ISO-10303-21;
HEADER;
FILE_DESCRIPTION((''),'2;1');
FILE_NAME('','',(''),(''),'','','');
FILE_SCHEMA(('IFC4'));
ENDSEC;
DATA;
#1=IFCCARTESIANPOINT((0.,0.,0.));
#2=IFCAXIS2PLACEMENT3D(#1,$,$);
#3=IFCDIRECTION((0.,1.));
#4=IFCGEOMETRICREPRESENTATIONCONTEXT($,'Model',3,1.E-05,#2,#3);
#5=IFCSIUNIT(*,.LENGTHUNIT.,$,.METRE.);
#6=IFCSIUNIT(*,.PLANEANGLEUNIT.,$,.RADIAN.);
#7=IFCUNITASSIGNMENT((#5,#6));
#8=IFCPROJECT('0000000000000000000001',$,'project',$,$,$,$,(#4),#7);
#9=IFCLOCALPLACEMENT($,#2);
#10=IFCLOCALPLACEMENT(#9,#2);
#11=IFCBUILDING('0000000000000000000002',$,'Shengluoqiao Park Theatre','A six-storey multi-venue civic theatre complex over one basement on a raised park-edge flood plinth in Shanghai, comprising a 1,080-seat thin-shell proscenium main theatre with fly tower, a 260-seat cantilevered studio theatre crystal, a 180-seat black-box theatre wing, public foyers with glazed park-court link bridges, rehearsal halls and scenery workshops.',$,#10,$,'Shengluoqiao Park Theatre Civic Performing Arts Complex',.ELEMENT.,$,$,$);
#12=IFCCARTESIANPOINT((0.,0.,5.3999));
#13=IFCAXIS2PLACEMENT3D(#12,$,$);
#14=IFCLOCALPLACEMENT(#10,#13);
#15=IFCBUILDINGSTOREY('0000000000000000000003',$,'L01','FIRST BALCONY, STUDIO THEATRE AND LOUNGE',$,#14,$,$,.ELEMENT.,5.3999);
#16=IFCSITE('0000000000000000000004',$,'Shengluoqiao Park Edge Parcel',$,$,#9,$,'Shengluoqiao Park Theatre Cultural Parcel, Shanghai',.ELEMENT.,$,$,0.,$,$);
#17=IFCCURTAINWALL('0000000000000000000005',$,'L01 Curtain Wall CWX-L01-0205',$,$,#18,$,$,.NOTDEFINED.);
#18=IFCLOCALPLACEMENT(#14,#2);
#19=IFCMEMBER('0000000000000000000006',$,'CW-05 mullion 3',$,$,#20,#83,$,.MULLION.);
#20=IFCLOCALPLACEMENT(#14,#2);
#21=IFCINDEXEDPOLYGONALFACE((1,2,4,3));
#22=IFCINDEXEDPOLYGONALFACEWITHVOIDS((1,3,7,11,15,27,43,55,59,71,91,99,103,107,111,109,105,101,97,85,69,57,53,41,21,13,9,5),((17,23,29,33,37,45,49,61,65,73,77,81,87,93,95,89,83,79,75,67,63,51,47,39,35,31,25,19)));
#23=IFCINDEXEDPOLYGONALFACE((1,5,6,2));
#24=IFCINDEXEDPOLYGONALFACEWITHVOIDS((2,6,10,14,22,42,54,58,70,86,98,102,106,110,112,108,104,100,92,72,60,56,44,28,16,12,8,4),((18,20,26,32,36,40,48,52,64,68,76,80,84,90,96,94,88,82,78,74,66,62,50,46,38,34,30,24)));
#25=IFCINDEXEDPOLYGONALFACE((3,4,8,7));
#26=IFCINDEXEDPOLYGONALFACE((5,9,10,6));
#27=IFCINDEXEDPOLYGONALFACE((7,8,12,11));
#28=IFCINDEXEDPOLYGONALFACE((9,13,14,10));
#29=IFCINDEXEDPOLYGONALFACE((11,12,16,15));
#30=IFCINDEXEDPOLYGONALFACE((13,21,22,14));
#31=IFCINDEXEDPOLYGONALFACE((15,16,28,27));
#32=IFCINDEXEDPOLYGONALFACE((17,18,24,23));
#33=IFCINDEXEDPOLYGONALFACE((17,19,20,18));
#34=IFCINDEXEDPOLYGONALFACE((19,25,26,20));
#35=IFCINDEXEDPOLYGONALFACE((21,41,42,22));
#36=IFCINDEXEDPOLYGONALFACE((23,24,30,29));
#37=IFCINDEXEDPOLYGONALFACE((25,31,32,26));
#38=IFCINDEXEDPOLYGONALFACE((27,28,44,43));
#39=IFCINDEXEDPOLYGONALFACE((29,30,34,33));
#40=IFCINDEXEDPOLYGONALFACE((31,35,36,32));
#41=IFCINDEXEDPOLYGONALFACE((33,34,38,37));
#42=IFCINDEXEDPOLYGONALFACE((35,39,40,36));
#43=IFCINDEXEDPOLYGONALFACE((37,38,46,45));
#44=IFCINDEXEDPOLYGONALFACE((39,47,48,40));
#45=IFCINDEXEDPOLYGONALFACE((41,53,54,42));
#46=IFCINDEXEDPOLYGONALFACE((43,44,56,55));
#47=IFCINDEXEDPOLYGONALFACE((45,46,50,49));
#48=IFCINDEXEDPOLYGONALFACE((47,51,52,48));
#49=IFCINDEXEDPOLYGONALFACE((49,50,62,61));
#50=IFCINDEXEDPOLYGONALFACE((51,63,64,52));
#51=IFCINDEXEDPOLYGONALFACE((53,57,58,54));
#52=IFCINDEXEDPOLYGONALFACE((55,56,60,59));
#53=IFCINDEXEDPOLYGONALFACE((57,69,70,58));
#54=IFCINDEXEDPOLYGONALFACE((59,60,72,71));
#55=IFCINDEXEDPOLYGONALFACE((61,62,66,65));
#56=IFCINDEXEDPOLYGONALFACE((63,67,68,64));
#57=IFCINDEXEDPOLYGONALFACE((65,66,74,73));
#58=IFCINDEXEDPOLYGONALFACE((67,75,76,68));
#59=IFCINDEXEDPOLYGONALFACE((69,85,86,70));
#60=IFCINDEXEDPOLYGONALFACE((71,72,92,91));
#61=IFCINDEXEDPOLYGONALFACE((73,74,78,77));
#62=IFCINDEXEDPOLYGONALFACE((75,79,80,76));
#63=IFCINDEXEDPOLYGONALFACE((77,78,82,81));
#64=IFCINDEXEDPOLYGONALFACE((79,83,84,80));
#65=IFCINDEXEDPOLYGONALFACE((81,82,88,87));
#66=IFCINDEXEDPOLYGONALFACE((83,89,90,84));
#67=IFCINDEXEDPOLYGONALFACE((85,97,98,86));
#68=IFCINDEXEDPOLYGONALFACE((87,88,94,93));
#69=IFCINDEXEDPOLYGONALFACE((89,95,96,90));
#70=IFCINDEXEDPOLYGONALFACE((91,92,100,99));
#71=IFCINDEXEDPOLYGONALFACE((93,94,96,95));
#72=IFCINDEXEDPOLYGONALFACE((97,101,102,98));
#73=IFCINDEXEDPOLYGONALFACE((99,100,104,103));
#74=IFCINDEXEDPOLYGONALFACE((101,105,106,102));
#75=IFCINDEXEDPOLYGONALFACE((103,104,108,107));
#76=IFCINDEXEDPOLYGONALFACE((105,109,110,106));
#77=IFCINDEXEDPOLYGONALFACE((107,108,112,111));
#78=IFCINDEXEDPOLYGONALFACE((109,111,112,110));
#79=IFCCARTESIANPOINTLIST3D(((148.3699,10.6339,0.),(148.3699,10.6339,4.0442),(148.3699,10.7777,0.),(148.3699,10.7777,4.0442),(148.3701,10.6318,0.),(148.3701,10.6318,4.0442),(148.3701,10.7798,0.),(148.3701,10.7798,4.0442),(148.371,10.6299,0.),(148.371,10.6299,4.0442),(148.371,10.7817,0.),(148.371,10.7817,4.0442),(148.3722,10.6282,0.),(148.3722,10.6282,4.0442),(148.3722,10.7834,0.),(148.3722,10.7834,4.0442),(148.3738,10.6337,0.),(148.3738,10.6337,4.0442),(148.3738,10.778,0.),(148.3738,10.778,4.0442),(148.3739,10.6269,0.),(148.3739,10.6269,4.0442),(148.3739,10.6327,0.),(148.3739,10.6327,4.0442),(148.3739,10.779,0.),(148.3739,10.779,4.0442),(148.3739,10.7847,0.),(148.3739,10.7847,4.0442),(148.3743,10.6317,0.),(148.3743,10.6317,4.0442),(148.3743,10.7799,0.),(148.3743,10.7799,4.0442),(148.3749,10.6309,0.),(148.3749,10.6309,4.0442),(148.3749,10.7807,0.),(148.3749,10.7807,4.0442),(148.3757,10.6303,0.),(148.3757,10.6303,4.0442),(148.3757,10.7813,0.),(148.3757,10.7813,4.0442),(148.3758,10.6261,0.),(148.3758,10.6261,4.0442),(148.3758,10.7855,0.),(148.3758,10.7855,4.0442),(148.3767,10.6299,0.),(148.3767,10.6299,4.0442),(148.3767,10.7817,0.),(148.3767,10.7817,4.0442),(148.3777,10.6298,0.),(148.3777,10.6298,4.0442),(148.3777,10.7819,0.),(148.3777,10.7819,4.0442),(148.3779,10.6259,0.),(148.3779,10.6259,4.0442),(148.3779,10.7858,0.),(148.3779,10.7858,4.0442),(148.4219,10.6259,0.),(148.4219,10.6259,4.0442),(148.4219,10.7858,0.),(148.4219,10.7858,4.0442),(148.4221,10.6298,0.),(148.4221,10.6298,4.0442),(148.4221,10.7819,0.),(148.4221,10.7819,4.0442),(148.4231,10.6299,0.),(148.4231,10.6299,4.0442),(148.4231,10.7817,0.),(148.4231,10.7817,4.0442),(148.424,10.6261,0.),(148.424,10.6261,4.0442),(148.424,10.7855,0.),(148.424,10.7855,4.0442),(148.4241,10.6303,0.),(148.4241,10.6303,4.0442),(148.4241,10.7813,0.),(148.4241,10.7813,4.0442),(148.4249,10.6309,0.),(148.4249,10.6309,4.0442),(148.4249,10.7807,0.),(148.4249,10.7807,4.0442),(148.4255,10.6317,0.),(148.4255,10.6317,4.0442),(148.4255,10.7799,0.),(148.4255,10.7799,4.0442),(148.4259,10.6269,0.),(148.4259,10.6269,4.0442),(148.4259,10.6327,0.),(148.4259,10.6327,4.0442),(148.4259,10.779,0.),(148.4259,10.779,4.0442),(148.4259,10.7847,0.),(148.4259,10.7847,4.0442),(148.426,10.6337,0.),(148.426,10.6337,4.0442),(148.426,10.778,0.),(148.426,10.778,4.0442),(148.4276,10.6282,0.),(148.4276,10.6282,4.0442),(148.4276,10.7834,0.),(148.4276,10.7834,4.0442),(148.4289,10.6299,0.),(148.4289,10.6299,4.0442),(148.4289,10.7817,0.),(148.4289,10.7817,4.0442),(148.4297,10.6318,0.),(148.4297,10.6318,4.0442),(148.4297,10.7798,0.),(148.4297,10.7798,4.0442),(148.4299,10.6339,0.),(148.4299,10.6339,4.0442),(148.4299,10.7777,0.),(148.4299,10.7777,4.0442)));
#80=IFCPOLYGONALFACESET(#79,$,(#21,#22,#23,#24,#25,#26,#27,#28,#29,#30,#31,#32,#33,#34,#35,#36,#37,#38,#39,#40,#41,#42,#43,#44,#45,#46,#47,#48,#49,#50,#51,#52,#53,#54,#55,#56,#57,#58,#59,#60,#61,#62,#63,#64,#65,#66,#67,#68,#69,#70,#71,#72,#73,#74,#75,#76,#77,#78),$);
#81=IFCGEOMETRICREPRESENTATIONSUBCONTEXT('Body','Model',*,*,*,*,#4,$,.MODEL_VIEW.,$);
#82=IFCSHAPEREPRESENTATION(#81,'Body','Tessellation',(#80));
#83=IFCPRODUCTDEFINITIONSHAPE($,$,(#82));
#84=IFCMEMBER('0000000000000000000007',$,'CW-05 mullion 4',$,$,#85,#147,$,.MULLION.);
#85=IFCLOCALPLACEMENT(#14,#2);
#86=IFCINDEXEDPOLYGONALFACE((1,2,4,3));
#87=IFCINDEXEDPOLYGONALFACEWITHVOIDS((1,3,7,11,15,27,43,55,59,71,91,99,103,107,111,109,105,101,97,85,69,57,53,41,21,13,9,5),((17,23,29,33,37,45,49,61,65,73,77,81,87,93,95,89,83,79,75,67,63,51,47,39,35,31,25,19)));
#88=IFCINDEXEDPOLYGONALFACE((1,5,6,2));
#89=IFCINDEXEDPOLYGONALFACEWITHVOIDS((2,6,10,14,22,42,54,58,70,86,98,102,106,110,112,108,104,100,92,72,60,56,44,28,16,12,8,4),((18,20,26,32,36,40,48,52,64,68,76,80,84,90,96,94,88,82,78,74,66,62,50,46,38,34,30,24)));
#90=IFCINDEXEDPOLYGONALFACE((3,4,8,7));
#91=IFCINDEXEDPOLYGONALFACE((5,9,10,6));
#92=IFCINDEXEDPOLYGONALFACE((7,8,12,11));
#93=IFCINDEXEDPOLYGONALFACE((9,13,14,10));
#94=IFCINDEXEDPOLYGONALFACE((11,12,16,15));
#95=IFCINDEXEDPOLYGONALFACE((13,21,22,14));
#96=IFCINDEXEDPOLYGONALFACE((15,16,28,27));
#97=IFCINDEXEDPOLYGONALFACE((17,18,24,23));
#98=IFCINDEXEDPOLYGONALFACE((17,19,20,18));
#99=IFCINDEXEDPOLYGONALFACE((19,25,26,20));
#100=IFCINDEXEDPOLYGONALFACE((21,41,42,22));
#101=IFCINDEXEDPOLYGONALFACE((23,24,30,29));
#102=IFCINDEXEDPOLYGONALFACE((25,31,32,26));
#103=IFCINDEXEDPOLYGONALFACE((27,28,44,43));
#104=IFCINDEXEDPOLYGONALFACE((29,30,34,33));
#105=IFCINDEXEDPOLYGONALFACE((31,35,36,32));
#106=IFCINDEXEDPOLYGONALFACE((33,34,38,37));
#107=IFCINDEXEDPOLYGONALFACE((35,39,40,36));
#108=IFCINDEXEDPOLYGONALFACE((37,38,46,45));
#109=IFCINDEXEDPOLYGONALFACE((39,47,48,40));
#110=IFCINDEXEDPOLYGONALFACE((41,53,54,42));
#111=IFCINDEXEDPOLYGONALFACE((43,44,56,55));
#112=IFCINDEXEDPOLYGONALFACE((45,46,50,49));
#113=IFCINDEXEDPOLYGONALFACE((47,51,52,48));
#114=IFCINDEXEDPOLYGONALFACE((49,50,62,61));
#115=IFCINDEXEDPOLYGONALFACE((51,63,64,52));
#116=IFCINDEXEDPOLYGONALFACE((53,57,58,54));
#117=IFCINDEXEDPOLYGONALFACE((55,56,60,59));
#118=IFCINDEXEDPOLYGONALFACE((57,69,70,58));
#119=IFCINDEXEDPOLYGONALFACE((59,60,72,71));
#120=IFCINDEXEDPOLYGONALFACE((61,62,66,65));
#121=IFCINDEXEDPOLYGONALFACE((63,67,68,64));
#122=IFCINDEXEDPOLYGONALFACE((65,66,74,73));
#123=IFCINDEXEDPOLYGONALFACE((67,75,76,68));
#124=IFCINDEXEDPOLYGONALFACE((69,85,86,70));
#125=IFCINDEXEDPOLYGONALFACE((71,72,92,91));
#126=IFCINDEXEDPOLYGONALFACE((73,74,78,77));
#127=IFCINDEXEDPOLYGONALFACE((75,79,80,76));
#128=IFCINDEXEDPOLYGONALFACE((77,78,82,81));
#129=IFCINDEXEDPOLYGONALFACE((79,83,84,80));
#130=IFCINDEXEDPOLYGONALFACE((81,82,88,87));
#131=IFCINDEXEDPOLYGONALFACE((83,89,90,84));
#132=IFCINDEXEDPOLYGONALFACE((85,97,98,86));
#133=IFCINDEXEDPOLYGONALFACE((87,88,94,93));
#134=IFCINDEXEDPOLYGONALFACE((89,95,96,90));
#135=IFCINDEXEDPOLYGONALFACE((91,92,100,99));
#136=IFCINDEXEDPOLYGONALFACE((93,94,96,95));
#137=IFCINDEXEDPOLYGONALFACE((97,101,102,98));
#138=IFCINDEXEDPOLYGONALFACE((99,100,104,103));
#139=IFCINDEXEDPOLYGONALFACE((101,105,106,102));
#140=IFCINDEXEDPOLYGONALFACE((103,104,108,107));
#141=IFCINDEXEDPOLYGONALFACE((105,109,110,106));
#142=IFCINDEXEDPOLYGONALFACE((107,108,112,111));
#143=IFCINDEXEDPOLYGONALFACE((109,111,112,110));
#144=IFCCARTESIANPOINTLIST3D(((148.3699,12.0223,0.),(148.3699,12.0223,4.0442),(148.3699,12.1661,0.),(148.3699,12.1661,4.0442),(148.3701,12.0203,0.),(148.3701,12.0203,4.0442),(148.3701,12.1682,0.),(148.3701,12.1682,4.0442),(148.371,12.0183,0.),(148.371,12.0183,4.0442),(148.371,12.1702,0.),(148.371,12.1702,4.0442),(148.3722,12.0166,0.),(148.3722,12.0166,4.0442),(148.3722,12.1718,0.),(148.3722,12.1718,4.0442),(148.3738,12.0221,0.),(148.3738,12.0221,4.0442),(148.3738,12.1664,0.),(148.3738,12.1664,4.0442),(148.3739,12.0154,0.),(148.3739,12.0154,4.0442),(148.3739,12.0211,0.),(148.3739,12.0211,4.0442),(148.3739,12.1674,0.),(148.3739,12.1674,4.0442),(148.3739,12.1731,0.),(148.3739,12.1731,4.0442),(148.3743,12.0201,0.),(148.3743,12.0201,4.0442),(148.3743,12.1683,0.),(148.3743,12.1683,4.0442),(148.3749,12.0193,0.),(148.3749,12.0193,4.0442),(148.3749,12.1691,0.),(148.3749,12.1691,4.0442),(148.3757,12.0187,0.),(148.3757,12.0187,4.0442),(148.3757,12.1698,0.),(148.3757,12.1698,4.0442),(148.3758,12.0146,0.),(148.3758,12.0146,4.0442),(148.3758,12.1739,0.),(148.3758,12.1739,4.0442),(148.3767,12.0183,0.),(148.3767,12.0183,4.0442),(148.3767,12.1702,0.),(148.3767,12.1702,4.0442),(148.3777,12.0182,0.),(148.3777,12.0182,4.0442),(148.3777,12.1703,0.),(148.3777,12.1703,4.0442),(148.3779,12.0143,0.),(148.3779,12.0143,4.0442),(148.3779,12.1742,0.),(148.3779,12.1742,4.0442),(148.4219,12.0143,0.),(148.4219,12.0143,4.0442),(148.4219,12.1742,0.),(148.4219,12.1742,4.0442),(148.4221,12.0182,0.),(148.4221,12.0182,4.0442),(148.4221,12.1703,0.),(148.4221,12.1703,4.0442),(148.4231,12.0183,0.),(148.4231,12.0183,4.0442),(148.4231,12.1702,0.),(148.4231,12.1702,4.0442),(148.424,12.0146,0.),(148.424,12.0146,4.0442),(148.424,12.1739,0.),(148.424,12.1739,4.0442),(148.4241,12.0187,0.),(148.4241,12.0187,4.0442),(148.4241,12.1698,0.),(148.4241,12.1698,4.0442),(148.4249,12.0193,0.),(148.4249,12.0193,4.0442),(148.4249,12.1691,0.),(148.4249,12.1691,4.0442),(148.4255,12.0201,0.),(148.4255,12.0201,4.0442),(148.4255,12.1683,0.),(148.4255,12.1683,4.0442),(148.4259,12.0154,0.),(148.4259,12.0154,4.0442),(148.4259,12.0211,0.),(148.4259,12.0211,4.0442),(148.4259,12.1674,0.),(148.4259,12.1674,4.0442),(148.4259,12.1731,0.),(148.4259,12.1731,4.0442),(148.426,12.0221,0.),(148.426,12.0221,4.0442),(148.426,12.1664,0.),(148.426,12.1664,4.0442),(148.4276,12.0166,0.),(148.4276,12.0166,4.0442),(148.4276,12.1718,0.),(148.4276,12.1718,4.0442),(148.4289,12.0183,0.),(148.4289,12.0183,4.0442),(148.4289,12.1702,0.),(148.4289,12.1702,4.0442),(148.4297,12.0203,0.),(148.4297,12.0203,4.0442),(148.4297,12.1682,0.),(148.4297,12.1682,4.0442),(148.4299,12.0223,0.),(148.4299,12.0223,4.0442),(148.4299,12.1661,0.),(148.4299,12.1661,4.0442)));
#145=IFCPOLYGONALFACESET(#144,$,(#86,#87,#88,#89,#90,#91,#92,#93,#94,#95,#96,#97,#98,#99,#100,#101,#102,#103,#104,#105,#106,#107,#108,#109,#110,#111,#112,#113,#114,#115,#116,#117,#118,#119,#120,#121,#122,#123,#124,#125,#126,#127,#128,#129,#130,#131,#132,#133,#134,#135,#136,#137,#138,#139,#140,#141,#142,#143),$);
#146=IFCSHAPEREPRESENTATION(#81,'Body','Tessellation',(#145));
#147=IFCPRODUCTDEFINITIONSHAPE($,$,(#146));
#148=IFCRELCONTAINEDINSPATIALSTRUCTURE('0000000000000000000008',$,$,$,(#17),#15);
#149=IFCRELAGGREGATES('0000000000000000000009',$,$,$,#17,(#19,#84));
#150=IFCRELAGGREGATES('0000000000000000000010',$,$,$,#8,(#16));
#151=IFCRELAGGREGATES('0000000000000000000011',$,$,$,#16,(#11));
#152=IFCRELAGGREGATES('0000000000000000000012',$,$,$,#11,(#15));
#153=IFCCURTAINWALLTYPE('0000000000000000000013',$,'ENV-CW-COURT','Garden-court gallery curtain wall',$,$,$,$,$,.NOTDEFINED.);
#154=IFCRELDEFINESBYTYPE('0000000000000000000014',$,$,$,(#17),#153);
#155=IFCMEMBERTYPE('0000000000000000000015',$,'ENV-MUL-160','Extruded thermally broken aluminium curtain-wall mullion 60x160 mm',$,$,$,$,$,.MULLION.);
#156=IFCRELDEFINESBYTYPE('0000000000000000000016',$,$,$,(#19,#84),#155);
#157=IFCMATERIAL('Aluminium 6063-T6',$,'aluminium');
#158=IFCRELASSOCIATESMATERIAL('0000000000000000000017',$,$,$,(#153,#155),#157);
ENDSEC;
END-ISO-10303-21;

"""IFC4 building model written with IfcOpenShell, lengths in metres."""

from ifc_helpers import new_model, si_unit, direction, frame, origin, origin_2d, place, context, subcontext, project, spatial, hollow_rectangle, extrude, material, material_profile, profile_set, type_object, element, aggregate, save


model = new_model("IFC4")

# Units and contexts
model_context = context("Model", 3, precision=1e-05, world=origin(), true_north=direction((0.0, 1.0)))
body_context = subcontext(model_context, "Body", "Model", "MODEL_VIEW")
ifc_project = project(units=[si_unit("LENGTHUNIT", "METRE"), si_unit("PLANEANGLEUNIT", "RADIAN")], contexts=[model_context])

# Site, building, storey
site_placement = place(None, origin())
site = spatial("IfcSite", under=ifc_project, at=site_placement, Name="Shengluoqiao Park Edge Parcel", LongName="Shengluoqiao Park Theatre Cultural Parcel, Shanghai", CompositionType="ELEMENT", RefElevation=0.0)
building_placement = place(site_placement, origin())
building = spatial("IfcBuilding", under=site, at=building_placement, Name="Shengluoqiao Park Theatre", Description="A six-storey multi-venue civic theatre complex over one basement on a raised park-edge flood plinth in Shanghai, comprising a 1,080-seat thin-shell proscenium main theatre with fly tower, a 260-seat cantilevered studio theatre crystal, a 180-seat black-box theatre wing, public foyers with glazed park-court link bridges, rehearsal halls and scenery workshops.", LongName="Shengluoqiao Park Theatre Civic Performing Arts Complex", CompositionType="ELEMENT")
storey_placement = place(building_placement, frame((0.0, 0.0, 5.3999)))
storey = spatial("IfcBuildingStorey", under=building, at=storey_placement, Name="L01", Description="FIRST BALCONY, STUDIO THEATRE AND LOUNGE", CompositionType="ELEMENT", Elevation=5.3999)

# Curtain wall, members
ifc_material_1 = material(Name="Aluminium 6063-T6", Category="aluminium")
curtain_wall_type = type_object("IfcCurtainWallType", Name="ENV-CW-COURT", Description="Garden-court gallery curtain wall", PredefinedType="NOTDEFINED", material=ifc_material_1)
curtain_wall_placement = place(storey_placement, origin())
curtain_wall = element("IfcCurtainWall", 1, at=curtain_wall_placement, inside=storey, type_object=curtain_wall_type, Name="L01 Curtain Wall CWX-L01-0205", PredefinedType="NOTDEFINED")
ifc_material_profile_1 = material_profile(ifc_material_1, hollow_rectangle(XDim=0.0601, YDim=0.1599, WallThickness=0.0039, InnerFilletRadius=0.0039, OuterFilletRadius=0.0081, at=origin_2d()), Name="ALU MULLION 160x60x4")
ifc_profile_set_1 = profile_set([ifc_material_profile_1], Name="Aluminium 6063-T6")
member_type_1 = type_object("IfcMemberType", Name="ENV-MUL-160", Description="Extruded thermally broken aluminium curtain-wall mullion 60x160 mm", PredefinedType="MULLION", material=ifc_profile_set_1)
member_1_placement = place(storey_placement, frame((148.3999, 10.7058, 0.0), z_axis=(0.0, 0.0, 1.0), x_axis=(-1.0, 0.0, 0.0)))
member_1 = element("IfcMember", 2, at=member_1_placement, type_object=member_type_1, Name="CW-05 mullion 3", PredefinedType="MULLION", context=body_context, shape_type="SweptSolid", body=[
    extrude(hollow_rectangle(XDim=0.0601, YDim=0.1599, WallThickness=0.0039, InnerFilletRadius=0.0039, OuterFilletRadius=0.0081, at=origin_2d()), origin(), (0.0, 0.0, 1.0), 4.0442),
])
member_2_placement = place(storey_placement, frame((148.3999, 12.0942, 0.0), z_axis=(0.0, 0.0, 1.0), x_axis=(-1.0, 0.0, 0.0)))
member_2 = element("IfcMember", 3, at=member_2_placement, type_object=member_type_1, Name="CW-05 mullion 4", PredefinedType="MULLION", context=body_context, shape_type="SweptSolid", body=[
    extrude(hollow_rectangle(XDim=0.0601, YDim=0.1599, WallThickness=0.0039, InnerFilletRadius=0.0039, OuterFilletRadius=0.0081, at=origin_2d()), origin(), (0.0, 0.0, 1.0), 4.0442),
])

aggregate(curtain_wall, [member_1, member_2])

save(model, "model.ifc")
